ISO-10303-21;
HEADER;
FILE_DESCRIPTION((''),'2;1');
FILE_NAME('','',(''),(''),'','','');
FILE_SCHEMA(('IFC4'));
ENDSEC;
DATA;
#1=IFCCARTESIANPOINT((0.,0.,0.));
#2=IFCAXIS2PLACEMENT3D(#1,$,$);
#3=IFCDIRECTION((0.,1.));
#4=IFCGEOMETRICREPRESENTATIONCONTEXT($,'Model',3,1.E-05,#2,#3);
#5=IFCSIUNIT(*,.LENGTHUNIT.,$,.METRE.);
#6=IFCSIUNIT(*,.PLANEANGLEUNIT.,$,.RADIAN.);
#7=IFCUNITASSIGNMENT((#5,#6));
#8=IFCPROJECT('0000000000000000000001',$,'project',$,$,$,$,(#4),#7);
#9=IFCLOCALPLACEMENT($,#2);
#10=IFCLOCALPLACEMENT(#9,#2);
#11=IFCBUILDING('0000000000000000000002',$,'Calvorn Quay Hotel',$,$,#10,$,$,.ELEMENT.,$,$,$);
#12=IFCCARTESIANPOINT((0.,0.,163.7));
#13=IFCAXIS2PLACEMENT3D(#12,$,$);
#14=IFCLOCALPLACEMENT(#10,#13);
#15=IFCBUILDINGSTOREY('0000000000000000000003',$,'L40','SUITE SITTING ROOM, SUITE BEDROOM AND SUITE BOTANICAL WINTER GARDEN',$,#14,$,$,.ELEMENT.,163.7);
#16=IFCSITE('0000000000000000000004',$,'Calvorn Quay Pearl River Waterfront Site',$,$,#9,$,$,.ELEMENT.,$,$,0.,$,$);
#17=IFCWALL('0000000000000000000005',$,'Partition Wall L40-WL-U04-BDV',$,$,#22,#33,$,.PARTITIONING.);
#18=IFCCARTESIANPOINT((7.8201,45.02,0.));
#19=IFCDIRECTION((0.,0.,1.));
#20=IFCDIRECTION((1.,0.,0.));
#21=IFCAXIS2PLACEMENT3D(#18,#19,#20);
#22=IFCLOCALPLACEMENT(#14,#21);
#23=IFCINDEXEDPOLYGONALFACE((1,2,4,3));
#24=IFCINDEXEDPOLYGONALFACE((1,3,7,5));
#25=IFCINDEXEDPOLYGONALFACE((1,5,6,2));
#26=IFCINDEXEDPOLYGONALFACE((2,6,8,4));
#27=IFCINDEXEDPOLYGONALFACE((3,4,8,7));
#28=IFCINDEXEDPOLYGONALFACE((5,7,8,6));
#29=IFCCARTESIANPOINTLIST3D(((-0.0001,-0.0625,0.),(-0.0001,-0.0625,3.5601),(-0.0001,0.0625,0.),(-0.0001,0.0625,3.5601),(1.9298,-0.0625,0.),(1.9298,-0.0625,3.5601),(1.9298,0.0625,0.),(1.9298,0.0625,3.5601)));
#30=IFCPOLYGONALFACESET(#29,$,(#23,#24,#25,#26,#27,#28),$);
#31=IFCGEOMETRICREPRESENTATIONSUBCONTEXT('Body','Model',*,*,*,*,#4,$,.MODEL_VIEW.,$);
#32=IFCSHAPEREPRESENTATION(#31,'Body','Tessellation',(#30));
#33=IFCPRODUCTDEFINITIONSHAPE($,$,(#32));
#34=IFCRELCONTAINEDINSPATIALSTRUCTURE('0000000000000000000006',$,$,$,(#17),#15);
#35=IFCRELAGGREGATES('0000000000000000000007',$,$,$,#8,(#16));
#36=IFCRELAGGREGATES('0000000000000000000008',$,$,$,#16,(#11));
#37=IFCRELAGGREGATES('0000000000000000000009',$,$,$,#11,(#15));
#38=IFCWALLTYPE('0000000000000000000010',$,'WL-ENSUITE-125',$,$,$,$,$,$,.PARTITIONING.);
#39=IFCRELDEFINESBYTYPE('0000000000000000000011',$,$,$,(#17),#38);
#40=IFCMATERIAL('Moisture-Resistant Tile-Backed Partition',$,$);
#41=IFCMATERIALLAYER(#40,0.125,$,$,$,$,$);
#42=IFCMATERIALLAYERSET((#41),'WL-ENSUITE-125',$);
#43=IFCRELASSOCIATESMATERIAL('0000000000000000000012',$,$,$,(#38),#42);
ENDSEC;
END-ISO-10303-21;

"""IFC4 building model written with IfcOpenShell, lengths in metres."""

from ifc_helpers import new_model, si_unit, direction, frame, frame_2d, origin, place, context, subcontext, project, spatial, rectangle, extrude, material, layer, layer_set, type_object, element, save


model = new_model("IFC4")

# Units and contexts
model_context = context("Model", 3, precision=1e-05, world=origin(), true_north=direction((0.0, 1.0)))
body_context = subcontext(model_context, "Body", "Model", "MODEL_VIEW")
ifc_project = project(units=[si_unit("LENGTHUNIT", "METRE"), si_unit("PLANEANGLEUNIT", "RADIAN")], contexts=[model_context])

# Site, building, storey
site_placement = place(None, origin())
site = spatial("IfcSite", under=ifc_project, at=site_placement, Name="Calvorn Quay Pearl River Waterfront Site", CompositionType="ELEMENT", RefElevation=0.0)
building_placement = place(site_placement, origin())
building = spatial("IfcBuilding", under=site, at=building_placement, Name="Calvorn Quay Hotel", CompositionType="ELEMENT")
storey_placement = place(building_placement, frame((0.0, 0.0, 163.7)))
storey = spatial("IfcBuildingStorey", under=building, at=storey_placement, Name="L40", Description="SUITE SITTING ROOM, SUITE BEDROOM AND SUITE BOTANICAL WINTER GARDEN", CompositionType="ELEMENT", Elevation=163.7)

# Wall
ifc_material_1 = material(Name="Moisture-Resistant Tile-Backed Partition")
ifc_layer_1 = layer(ifc_material_1, 0.125)
ifc_layer_set_1 = layer_set([ifc_layer_1], Name="WL-ENSUITE-125")
wall_type_1 = type_object("IfcWallType", Name="WL-ENSUITE-125", PredefinedType="PARTITIONING", material=ifc_layer_set_1)
wall_1_placement = place(storey_placement, frame((7.8201, 45.02, 0.0), z_axis=(0.0, 0.0, 1.0), x_axis=(1.0, 0.0, 0.0)))
element("IfcWall", 1, at=wall_1_placement, inside=storey, type_object=wall_type_1, Name="Partition Wall L40-WL-U04-BDV", PredefinedType="PARTITIONING", context=body_context, shape_type="SweptSolid", body=[
    extrude(rectangle(XDim=1.9299, YDim=0.125, at=frame_2d((0.9648, 0.0))), origin(), (0.0, 0.0, 1.0), 3.5601),
])

save(model, "model.ifc")
